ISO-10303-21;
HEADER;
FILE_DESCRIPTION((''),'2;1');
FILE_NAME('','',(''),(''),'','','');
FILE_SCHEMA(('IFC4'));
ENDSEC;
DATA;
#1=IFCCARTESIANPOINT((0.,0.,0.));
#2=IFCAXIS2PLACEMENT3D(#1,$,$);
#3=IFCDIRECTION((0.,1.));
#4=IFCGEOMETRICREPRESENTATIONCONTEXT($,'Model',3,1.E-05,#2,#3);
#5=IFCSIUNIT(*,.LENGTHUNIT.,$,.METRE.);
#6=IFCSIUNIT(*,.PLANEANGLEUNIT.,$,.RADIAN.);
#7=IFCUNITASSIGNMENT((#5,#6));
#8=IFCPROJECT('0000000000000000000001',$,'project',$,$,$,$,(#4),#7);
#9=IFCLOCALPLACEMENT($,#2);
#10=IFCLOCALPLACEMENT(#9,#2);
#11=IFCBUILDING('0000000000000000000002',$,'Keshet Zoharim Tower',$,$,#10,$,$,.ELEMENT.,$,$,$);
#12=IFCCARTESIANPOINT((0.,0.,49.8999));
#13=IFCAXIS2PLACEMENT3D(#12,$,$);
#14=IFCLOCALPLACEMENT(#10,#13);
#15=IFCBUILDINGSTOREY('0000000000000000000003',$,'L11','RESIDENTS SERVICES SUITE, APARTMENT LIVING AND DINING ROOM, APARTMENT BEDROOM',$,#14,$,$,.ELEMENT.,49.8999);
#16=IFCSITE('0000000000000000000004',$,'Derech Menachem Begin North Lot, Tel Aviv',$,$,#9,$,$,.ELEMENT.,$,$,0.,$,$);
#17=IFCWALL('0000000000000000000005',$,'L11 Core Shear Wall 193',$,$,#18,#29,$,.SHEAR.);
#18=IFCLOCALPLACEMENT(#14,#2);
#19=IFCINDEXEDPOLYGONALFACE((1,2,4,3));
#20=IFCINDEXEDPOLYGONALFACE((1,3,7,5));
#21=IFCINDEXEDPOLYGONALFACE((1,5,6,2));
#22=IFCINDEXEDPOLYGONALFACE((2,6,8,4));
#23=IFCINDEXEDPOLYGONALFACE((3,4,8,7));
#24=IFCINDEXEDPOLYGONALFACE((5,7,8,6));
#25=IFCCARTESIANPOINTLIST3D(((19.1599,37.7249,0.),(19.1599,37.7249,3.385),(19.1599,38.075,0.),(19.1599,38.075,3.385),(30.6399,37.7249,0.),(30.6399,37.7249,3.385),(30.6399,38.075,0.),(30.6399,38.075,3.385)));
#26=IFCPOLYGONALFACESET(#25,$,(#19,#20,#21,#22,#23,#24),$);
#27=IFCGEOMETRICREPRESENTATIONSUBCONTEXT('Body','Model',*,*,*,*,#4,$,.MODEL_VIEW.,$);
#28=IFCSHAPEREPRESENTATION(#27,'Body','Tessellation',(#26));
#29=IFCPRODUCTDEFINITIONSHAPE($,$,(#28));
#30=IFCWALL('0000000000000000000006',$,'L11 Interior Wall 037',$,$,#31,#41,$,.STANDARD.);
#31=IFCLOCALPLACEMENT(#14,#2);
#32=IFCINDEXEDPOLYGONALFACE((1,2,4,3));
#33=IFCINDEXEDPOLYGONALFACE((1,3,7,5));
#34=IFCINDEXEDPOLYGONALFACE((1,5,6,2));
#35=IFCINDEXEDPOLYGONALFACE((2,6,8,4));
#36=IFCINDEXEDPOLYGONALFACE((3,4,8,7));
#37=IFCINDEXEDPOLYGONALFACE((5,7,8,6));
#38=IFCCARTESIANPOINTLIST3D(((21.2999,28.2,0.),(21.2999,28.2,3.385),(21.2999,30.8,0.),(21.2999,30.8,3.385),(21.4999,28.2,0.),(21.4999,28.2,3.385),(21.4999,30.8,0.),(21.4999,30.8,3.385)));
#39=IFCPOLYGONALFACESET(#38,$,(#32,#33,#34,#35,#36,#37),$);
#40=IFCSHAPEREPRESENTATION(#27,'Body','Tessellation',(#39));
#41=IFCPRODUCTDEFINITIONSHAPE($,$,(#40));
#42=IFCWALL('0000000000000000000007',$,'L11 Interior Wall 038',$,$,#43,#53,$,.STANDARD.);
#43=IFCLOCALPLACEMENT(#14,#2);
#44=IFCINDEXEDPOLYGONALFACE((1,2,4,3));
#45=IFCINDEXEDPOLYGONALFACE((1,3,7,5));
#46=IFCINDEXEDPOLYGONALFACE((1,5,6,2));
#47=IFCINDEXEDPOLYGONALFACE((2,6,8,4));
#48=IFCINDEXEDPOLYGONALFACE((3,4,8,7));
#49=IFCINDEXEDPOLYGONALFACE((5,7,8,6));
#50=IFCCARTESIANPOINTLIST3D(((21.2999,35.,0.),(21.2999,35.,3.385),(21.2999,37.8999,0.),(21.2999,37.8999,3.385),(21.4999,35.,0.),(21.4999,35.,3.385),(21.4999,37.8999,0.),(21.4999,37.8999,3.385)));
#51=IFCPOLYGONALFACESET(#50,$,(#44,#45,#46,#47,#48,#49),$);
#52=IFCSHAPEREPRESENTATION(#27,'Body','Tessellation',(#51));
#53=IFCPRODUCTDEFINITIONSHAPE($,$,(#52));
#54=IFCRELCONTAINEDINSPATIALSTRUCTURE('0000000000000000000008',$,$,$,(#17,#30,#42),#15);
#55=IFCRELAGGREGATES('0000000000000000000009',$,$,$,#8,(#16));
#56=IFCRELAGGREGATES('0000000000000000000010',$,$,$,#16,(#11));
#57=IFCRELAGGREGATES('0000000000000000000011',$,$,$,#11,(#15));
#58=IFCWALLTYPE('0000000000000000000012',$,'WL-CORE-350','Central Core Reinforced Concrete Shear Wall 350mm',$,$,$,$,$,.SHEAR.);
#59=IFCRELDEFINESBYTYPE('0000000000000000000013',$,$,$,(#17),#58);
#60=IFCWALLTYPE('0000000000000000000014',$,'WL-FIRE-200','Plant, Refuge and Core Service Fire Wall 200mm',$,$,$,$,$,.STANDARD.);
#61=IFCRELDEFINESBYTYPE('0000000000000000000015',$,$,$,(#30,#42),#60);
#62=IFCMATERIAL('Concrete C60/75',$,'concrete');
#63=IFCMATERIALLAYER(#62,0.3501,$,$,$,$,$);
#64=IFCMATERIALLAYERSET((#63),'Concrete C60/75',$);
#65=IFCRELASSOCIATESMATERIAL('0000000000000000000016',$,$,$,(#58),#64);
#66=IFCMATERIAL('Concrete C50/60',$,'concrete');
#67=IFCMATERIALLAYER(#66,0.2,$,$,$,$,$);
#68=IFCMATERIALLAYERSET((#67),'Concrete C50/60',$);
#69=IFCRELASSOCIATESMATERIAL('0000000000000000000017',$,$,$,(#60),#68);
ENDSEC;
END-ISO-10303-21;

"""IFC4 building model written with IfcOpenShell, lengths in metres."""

from ifc_helpers import new_model, si_unit, direction, frame, frame_2d, origin, place, context, subcontext, project, spatial, rectangle, extrude, material, layer, layer_set, type_object, element, save


model = new_model("IFC4")

# Units and contexts
model_context = context("Model", 3, precision=1e-05, world=origin(), true_north=direction((0.0, 1.0)))
body_context = subcontext(model_context, "Body", "Model", "MODEL_VIEW")
ifc_project = project(units=[si_unit("LENGTHUNIT", "METRE"), si_unit("PLANEANGLEUNIT", "RADIAN")], contexts=[model_context])

# Site, building, storey
site_placement = place(None, origin())
site = spatial("IfcSite", under=ifc_project, at=site_placement, Name="Derech Menachem Begin North Lot, Tel Aviv", CompositionType="ELEMENT", RefElevation=0.0)
building_placement = place(site_placement, origin())
building = spatial("IfcBuilding", under=site, at=building_placement, Name="Keshet Zoharim Tower", CompositionType="ELEMENT")
storey_placement = place(building_placement, frame((0.0, 0.0, 49.8999)))
storey = spatial("IfcBuildingStorey", under=building, at=storey_placement, Name="L11", Description="RESIDENTS SERVICES SUITE, APARTMENT LIVING AND DINING ROOM, APARTMENT BEDROOM", CompositionType="ELEMENT", Elevation=49.8999)

# Shared definitions
ifc_material_1 = material(Name="Concrete C60/75", Category="concrete")
ifc_layer_1 = layer(ifc_material_1, 0.3501)
ifc_layer_set_1 = layer_set([ifc_layer_1], Name="Concrete C60/75")
wall_type_1 = type_object("IfcWallType", Name="WL-CORE-350", Description="Central Core Reinforced Concrete Shear Wall 350mm", PredefinedType="SHEAR", material=ifc_layer_set_1)

# Walls
wall_1_placement = place(storey_placement, frame((19.1599, 37.8999, 0.0), z_axis=(0.0, 0.0, 1.0), x_axis=(1.0, 0.0, 0.0)))
element("IfcWall", 1, at=wall_1_placement, inside=storey, type_object=wall_type_1, Name="L11 Core Shear Wall 193", PredefinedType="SHEAR", context=body_context, shape_type="SweptSolid", body=[
    extrude(rectangle(XDim=11.48, YDim=0.3501, at=frame_2d((5.74, 0.0))), origin(), (0.0, 0.0, 1.0), 3.385),
])
ifc_material_2 = material(Name="Concrete C50/60", Category="concrete")
ifc_layer_2 = layer(ifc_material_2, 0.2)
ifc_layer_set_2 = layer_set([ifc_layer_2], Name="Concrete C50/60")
wall_type_2 = type_object("IfcWallType", Name="WL-FIRE-200", Description="Plant, Refuge and Core Service Fire Wall 200mm", PredefinedType="STANDARD", material=ifc_layer_set_2)
wall_2_placement = place(storey_placement, frame((21.3999, 28.2, 0.0), z_axis=(0.0, 0.0, 1.0), x_axis=(0.0, 1.0, 0.0)))
element("IfcWall", 2, at=wall_2_placement, inside=storey, type_object=wall_type_2, Name="L11 Interior Wall 037", PredefinedType="STANDARD", context=body_context, shape_type="SweptSolid", body=[
    extrude(rectangle(XDim=2.6001, YDim=0.2, at=frame_2d((1.3, 0.0))), origin(), (0.0, 0.0, 1.0), 3.385),
])
wall_3_placement = place(storey_placement, frame((21.3999, 35.0, 0.0), z_axis=(0.0, 0.0, 1.0), x_axis=(0.0, 1.0, 0.0)))
element("IfcWall", 3, at=wall_3_placement, inside=storey, type_object=wall_type_2, Name="L11 Interior Wall 038", PredefinedType="STANDARD", context=body_context, shape_type="SweptSolid", body=[
    extrude(rectangle(XDim=2.8999, YDim=0.2, at=frame_2d((1.45, 0.0))), origin(), (0.0, 0.0, 1.0), 3.385),
])

save(model, "model.ifc")
